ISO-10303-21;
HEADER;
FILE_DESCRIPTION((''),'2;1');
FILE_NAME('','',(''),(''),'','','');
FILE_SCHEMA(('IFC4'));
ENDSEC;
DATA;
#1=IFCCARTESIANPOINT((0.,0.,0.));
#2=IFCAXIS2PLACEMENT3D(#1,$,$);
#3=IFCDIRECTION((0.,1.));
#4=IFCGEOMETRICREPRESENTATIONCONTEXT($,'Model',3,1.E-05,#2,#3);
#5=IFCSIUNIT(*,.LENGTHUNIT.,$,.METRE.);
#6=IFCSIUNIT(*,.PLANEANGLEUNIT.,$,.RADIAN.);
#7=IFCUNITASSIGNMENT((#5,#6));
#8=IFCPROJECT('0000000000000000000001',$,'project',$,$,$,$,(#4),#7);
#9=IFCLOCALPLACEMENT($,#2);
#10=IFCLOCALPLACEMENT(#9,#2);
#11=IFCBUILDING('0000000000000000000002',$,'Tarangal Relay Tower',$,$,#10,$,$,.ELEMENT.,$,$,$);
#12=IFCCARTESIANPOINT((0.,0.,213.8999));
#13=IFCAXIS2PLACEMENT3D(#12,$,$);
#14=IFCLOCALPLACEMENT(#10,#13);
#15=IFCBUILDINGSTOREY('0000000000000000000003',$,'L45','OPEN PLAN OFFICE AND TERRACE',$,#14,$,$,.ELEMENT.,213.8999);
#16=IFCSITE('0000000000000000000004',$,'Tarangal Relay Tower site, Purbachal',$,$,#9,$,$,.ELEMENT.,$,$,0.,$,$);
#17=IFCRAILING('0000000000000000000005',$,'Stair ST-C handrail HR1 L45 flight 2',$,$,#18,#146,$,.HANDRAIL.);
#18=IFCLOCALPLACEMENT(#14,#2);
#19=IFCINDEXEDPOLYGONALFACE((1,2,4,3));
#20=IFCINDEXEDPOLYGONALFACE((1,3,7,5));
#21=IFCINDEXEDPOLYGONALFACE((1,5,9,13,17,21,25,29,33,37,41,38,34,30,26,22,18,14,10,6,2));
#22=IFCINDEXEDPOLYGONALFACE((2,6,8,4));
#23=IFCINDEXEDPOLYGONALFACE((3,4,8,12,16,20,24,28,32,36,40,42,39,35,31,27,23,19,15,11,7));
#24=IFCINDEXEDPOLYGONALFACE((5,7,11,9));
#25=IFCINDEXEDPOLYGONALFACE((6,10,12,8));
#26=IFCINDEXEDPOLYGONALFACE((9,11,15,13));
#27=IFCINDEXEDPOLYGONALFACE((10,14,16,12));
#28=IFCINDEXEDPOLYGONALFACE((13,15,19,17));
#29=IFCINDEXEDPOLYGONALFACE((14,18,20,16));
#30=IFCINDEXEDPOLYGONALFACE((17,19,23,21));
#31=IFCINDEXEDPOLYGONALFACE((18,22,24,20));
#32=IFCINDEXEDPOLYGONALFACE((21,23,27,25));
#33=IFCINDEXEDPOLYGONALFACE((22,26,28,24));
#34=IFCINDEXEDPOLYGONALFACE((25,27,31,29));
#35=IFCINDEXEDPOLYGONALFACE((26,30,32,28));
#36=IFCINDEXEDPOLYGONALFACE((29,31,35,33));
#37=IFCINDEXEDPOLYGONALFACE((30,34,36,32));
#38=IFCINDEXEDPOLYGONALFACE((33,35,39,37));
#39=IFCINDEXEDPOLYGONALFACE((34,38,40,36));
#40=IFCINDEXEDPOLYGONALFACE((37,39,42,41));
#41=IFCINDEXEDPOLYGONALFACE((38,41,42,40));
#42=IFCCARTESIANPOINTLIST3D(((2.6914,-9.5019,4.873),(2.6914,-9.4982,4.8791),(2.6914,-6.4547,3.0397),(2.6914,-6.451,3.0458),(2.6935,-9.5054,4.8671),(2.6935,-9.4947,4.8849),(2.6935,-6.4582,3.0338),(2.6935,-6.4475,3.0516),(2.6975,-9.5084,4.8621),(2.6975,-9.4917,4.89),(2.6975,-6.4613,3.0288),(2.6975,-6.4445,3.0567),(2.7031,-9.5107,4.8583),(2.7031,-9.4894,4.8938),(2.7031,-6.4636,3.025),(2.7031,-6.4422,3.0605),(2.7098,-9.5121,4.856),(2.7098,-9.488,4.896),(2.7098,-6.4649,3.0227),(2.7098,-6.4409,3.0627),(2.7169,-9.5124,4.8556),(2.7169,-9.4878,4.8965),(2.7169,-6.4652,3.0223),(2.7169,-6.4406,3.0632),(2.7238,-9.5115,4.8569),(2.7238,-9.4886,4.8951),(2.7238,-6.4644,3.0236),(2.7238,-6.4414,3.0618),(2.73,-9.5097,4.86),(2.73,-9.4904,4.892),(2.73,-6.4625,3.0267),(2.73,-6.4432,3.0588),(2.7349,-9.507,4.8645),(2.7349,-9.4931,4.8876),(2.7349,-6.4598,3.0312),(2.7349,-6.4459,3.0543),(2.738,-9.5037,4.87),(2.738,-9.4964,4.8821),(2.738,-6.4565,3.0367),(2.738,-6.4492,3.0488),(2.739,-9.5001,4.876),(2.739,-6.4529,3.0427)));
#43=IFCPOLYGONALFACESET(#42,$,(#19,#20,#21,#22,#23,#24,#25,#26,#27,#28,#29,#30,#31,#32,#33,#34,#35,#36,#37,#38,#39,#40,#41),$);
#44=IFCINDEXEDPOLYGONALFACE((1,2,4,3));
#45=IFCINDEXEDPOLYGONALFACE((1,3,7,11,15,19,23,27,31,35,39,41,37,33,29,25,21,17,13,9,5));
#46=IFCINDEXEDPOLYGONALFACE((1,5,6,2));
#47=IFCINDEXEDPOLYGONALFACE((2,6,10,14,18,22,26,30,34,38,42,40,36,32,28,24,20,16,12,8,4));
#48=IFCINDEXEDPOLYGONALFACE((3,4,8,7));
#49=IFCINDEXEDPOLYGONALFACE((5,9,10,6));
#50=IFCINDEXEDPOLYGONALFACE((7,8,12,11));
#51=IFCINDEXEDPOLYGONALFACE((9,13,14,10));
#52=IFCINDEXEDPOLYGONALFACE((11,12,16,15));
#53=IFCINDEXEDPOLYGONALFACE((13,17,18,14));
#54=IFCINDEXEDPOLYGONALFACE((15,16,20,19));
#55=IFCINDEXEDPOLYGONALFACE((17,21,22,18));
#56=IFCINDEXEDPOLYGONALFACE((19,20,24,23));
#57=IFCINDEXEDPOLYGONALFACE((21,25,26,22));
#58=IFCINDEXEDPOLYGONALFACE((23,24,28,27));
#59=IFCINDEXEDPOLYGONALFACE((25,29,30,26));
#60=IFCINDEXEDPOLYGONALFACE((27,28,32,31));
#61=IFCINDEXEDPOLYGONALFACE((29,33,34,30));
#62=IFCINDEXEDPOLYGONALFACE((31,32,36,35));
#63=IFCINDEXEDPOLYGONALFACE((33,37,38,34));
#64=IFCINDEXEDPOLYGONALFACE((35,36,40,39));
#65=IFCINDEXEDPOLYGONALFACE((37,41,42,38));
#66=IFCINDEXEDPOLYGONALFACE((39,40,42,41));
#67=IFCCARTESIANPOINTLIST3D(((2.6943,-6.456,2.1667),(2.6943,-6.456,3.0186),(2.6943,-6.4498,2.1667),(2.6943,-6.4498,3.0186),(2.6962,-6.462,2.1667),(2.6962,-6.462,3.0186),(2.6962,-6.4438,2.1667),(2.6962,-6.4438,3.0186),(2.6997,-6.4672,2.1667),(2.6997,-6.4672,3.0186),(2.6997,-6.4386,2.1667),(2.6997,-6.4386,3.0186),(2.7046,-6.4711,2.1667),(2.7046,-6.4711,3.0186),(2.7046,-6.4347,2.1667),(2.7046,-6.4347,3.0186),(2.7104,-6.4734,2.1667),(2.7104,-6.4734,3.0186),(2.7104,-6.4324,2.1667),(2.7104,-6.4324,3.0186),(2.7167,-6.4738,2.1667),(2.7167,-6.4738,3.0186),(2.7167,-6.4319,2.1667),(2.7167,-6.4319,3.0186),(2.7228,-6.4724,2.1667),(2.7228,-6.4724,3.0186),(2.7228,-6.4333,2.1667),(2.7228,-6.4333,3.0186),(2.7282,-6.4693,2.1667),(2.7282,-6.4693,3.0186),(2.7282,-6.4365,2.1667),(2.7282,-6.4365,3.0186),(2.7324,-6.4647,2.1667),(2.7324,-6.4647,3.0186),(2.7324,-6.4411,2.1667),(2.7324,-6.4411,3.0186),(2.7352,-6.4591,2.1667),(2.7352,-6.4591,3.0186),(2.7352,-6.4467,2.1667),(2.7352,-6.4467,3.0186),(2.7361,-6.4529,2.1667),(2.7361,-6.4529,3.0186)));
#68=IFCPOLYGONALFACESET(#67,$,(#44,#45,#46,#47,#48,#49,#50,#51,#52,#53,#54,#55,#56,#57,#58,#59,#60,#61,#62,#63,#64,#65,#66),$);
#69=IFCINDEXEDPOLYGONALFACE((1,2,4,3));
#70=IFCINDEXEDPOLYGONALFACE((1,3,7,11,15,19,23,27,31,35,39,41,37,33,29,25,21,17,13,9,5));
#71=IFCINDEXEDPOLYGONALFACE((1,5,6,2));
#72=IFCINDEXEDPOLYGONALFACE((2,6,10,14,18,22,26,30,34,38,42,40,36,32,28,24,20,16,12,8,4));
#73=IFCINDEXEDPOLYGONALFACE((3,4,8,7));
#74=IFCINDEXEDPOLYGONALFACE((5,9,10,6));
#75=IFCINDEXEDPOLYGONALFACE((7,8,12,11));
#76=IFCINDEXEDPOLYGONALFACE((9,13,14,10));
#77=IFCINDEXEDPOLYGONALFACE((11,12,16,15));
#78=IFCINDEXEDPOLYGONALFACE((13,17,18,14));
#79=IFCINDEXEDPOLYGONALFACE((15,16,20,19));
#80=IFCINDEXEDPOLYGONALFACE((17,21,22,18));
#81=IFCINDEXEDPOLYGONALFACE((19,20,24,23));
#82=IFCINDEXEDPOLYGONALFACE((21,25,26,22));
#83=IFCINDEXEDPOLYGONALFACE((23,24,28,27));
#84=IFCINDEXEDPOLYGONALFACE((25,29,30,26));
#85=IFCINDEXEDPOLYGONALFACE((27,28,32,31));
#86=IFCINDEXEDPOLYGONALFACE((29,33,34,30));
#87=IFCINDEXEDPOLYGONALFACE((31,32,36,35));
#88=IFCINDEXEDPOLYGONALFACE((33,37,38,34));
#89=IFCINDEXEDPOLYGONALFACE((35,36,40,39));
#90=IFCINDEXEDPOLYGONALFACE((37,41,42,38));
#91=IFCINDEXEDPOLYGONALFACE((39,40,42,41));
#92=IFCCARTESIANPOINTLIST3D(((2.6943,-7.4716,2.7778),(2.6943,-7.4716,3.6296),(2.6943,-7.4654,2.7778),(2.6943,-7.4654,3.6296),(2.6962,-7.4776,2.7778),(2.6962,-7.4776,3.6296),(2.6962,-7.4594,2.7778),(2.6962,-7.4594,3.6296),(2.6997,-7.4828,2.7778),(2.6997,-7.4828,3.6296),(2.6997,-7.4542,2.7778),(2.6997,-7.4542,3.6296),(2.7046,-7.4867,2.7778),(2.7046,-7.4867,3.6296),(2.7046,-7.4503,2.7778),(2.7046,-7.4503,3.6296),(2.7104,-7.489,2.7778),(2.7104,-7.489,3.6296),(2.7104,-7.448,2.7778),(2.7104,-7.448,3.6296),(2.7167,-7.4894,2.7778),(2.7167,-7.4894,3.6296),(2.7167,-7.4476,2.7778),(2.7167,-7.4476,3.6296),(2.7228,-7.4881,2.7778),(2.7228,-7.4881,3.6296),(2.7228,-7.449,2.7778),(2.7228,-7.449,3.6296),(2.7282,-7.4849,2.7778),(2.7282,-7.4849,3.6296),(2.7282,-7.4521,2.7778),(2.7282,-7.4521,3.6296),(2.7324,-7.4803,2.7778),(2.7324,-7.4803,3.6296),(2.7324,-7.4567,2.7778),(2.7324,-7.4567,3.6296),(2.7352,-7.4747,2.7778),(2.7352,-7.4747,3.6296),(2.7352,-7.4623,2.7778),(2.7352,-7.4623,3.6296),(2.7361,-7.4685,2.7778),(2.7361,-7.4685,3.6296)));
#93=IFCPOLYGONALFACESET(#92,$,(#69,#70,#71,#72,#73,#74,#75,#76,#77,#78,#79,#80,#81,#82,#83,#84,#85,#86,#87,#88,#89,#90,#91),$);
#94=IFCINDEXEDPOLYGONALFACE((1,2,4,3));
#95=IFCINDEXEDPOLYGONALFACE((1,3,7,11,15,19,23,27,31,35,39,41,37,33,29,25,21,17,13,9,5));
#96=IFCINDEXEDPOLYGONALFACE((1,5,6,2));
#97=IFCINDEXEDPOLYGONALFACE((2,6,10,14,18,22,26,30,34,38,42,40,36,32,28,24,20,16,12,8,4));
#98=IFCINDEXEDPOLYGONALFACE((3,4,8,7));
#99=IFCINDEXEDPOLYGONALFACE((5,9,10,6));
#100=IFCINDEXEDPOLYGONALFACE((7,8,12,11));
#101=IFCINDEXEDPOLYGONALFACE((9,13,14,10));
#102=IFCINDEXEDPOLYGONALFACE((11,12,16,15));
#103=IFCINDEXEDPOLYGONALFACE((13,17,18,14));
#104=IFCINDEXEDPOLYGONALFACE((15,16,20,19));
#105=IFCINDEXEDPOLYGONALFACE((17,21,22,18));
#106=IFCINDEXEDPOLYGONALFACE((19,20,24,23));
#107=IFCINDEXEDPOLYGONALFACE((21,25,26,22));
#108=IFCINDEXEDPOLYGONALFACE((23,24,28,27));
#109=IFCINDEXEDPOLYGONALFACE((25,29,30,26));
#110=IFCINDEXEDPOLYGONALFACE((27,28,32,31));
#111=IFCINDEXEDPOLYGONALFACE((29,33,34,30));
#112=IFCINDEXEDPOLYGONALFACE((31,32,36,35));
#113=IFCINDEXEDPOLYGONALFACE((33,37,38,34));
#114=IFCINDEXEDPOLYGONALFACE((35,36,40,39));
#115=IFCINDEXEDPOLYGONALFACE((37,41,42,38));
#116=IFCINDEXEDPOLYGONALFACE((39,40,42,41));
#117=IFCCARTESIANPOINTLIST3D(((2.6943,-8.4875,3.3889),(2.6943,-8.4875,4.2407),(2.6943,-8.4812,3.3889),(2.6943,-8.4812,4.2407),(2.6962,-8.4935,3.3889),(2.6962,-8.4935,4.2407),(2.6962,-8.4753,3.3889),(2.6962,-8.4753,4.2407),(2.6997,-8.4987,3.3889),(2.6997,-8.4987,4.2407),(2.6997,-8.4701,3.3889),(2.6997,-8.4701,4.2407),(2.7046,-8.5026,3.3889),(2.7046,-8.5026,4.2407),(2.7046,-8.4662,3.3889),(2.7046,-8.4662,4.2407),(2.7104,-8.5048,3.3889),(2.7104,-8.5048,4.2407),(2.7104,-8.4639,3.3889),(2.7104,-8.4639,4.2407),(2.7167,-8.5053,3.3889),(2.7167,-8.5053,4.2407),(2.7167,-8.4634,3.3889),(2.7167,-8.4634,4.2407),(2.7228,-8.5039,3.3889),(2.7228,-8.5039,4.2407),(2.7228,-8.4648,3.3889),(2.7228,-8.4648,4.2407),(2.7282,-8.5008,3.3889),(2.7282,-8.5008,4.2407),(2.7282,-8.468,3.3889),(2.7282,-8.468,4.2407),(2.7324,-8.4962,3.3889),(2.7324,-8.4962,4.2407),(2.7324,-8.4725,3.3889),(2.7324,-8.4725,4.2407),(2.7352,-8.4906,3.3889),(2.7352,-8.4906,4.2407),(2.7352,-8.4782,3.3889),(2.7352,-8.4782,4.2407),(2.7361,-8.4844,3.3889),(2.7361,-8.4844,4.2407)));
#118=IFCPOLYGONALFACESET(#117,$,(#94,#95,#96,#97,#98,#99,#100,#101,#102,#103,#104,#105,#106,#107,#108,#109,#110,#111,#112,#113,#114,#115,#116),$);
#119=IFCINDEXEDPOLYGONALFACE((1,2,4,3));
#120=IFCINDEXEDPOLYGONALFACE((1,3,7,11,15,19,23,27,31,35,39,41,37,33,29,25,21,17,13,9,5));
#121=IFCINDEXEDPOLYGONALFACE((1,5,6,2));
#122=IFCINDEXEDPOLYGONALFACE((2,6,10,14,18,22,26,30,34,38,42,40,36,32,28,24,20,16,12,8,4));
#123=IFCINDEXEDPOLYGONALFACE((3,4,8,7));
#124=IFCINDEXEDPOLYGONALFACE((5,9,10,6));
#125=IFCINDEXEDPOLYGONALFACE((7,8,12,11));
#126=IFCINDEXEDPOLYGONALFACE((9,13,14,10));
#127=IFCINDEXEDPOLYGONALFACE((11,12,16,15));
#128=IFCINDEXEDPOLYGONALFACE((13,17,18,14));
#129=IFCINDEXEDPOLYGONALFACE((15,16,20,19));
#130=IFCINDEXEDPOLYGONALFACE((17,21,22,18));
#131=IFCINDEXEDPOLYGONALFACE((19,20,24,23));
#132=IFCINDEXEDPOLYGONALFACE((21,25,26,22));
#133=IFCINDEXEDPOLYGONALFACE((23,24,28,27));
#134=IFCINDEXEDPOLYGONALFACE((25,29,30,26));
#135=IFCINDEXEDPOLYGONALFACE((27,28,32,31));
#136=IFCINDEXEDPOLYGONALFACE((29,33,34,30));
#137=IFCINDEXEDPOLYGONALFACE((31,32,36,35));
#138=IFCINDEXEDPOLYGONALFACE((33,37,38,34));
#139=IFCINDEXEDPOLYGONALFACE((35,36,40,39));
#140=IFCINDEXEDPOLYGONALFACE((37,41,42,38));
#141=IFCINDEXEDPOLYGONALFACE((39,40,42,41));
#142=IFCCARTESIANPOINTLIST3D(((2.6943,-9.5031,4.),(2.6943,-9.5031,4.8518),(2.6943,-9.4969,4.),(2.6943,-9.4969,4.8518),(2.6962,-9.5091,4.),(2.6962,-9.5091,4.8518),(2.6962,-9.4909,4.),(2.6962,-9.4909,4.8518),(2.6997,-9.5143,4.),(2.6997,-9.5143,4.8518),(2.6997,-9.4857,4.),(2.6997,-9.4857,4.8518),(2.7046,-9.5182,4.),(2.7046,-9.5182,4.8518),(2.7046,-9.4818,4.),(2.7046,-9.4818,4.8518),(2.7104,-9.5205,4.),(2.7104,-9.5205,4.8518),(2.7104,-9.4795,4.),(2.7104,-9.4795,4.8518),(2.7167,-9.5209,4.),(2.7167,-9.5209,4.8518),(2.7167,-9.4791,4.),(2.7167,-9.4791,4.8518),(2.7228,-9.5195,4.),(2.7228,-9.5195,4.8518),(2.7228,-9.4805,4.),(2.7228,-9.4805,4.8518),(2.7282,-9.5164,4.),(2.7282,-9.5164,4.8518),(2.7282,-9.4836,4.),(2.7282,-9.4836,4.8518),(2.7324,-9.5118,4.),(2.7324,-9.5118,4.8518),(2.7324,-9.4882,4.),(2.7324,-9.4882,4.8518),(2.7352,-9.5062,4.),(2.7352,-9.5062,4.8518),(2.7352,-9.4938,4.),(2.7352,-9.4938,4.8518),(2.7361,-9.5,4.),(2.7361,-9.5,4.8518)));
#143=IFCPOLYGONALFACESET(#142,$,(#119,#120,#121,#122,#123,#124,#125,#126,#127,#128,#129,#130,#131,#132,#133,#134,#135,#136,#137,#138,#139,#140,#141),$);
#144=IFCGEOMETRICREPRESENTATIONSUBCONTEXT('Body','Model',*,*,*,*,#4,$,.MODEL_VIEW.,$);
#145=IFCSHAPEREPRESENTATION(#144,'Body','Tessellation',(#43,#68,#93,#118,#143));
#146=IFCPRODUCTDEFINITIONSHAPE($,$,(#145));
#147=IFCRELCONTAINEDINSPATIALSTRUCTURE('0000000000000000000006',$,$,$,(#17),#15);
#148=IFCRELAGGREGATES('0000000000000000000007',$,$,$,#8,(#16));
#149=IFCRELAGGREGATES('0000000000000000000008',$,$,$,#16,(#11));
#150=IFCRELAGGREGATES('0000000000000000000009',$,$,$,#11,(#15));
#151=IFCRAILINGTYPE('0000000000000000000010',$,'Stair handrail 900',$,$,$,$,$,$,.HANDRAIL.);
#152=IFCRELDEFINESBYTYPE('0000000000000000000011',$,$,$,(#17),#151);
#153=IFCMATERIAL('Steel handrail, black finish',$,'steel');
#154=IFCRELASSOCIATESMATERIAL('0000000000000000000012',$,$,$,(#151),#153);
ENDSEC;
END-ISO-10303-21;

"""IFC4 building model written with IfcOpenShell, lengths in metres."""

from ifc_helpers import new_model, si_unit, direction, frame, origin, origin_2d, place, context, subcontext, project, spatial, circle, extrude, material, type_object, element, save


model = new_model("IFC4")

# Units and contexts
model_context = context("Model", 3, precision=1e-05, world=origin(), true_north=direction((0.0, 1.0)))
body_context = subcontext(model_context, "Body", "Model", "MODEL_VIEW")
ifc_project = project(units=[si_unit("LENGTHUNIT", "METRE"), si_unit("PLANEANGLEUNIT", "RADIAN")], contexts=[model_context])

# Site, building, storey
site_placement = place(None, origin())
site = spatial("IfcSite", under=ifc_project, at=site_placement, Name="Tarangal Relay Tower site, Purbachal", CompositionType="ELEMENT", RefElevation=0.0)
building_placement = place(site_placement, origin())
building = spatial("IfcBuilding", under=site, at=building_placement, Name="Tarangal Relay Tower", CompositionType="ELEMENT")
storey_placement = place(building_placement, frame((0.0, 0.0, 213.8999)))
storey = spatial("IfcBuildingStorey", under=building, at=storey_placement, Name="L45", Description="OPEN PLAN OFFICE AND TERRACE", CompositionType="ELEMENT", Elevation=213.8999)

# Railing
ifc_material_1 = material(Name="Steel handrail, black finish", Category="steel")
railing_type_1 = type_object("IfcRailingType", Name="Stair handrail 900", PredefinedType="HANDRAIL", material=ifc_material_1)
railing_1_placement = place(storey_placement, frame((2.7151, -6.4529, 2.1667)))
element("IfcRailing", 1, at=railing_1_placement, inside=storey, type_object=railing_type_1, Name="Stair ST-C handrail HR1 L45 flight 2", PredefinedType="HANDRAIL", context=body_context, shape_type="SweptSolid", body=[
    extrude(circle(Radius=0.0239, at=origin_2d()), frame((0.0, 0.0, 0.876), z_axis=(0.0, -0.856874, 0.515525), x_axis=(1.0, 0.0, 0.0)), (0.0, 0.0, 1.0), 3.5562),
    extrude(circle(Radius=0.021, at=origin_2d()), origin(), (0.0, 0.0, 1.0), 0.8518),
    extrude(circle(Radius=0.021, at=origin_2d()), frame((0.0, -1.0156, 0.6111)), (0.0, 0.0, 1.0), 0.8518),
    extrude(circle(Radius=0.021, at=origin_2d()), frame((0.0, -2.0315, 1.2222)), (0.0, 0.0, 1.0), 0.8518),
    extrude(circle(Radius=0.021, at=origin_2d()), frame((0.0, -3.0471, 1.8333)), (0.0, 0.0, 1.0), 0.8518),
])

save(model, "model.ifc")
